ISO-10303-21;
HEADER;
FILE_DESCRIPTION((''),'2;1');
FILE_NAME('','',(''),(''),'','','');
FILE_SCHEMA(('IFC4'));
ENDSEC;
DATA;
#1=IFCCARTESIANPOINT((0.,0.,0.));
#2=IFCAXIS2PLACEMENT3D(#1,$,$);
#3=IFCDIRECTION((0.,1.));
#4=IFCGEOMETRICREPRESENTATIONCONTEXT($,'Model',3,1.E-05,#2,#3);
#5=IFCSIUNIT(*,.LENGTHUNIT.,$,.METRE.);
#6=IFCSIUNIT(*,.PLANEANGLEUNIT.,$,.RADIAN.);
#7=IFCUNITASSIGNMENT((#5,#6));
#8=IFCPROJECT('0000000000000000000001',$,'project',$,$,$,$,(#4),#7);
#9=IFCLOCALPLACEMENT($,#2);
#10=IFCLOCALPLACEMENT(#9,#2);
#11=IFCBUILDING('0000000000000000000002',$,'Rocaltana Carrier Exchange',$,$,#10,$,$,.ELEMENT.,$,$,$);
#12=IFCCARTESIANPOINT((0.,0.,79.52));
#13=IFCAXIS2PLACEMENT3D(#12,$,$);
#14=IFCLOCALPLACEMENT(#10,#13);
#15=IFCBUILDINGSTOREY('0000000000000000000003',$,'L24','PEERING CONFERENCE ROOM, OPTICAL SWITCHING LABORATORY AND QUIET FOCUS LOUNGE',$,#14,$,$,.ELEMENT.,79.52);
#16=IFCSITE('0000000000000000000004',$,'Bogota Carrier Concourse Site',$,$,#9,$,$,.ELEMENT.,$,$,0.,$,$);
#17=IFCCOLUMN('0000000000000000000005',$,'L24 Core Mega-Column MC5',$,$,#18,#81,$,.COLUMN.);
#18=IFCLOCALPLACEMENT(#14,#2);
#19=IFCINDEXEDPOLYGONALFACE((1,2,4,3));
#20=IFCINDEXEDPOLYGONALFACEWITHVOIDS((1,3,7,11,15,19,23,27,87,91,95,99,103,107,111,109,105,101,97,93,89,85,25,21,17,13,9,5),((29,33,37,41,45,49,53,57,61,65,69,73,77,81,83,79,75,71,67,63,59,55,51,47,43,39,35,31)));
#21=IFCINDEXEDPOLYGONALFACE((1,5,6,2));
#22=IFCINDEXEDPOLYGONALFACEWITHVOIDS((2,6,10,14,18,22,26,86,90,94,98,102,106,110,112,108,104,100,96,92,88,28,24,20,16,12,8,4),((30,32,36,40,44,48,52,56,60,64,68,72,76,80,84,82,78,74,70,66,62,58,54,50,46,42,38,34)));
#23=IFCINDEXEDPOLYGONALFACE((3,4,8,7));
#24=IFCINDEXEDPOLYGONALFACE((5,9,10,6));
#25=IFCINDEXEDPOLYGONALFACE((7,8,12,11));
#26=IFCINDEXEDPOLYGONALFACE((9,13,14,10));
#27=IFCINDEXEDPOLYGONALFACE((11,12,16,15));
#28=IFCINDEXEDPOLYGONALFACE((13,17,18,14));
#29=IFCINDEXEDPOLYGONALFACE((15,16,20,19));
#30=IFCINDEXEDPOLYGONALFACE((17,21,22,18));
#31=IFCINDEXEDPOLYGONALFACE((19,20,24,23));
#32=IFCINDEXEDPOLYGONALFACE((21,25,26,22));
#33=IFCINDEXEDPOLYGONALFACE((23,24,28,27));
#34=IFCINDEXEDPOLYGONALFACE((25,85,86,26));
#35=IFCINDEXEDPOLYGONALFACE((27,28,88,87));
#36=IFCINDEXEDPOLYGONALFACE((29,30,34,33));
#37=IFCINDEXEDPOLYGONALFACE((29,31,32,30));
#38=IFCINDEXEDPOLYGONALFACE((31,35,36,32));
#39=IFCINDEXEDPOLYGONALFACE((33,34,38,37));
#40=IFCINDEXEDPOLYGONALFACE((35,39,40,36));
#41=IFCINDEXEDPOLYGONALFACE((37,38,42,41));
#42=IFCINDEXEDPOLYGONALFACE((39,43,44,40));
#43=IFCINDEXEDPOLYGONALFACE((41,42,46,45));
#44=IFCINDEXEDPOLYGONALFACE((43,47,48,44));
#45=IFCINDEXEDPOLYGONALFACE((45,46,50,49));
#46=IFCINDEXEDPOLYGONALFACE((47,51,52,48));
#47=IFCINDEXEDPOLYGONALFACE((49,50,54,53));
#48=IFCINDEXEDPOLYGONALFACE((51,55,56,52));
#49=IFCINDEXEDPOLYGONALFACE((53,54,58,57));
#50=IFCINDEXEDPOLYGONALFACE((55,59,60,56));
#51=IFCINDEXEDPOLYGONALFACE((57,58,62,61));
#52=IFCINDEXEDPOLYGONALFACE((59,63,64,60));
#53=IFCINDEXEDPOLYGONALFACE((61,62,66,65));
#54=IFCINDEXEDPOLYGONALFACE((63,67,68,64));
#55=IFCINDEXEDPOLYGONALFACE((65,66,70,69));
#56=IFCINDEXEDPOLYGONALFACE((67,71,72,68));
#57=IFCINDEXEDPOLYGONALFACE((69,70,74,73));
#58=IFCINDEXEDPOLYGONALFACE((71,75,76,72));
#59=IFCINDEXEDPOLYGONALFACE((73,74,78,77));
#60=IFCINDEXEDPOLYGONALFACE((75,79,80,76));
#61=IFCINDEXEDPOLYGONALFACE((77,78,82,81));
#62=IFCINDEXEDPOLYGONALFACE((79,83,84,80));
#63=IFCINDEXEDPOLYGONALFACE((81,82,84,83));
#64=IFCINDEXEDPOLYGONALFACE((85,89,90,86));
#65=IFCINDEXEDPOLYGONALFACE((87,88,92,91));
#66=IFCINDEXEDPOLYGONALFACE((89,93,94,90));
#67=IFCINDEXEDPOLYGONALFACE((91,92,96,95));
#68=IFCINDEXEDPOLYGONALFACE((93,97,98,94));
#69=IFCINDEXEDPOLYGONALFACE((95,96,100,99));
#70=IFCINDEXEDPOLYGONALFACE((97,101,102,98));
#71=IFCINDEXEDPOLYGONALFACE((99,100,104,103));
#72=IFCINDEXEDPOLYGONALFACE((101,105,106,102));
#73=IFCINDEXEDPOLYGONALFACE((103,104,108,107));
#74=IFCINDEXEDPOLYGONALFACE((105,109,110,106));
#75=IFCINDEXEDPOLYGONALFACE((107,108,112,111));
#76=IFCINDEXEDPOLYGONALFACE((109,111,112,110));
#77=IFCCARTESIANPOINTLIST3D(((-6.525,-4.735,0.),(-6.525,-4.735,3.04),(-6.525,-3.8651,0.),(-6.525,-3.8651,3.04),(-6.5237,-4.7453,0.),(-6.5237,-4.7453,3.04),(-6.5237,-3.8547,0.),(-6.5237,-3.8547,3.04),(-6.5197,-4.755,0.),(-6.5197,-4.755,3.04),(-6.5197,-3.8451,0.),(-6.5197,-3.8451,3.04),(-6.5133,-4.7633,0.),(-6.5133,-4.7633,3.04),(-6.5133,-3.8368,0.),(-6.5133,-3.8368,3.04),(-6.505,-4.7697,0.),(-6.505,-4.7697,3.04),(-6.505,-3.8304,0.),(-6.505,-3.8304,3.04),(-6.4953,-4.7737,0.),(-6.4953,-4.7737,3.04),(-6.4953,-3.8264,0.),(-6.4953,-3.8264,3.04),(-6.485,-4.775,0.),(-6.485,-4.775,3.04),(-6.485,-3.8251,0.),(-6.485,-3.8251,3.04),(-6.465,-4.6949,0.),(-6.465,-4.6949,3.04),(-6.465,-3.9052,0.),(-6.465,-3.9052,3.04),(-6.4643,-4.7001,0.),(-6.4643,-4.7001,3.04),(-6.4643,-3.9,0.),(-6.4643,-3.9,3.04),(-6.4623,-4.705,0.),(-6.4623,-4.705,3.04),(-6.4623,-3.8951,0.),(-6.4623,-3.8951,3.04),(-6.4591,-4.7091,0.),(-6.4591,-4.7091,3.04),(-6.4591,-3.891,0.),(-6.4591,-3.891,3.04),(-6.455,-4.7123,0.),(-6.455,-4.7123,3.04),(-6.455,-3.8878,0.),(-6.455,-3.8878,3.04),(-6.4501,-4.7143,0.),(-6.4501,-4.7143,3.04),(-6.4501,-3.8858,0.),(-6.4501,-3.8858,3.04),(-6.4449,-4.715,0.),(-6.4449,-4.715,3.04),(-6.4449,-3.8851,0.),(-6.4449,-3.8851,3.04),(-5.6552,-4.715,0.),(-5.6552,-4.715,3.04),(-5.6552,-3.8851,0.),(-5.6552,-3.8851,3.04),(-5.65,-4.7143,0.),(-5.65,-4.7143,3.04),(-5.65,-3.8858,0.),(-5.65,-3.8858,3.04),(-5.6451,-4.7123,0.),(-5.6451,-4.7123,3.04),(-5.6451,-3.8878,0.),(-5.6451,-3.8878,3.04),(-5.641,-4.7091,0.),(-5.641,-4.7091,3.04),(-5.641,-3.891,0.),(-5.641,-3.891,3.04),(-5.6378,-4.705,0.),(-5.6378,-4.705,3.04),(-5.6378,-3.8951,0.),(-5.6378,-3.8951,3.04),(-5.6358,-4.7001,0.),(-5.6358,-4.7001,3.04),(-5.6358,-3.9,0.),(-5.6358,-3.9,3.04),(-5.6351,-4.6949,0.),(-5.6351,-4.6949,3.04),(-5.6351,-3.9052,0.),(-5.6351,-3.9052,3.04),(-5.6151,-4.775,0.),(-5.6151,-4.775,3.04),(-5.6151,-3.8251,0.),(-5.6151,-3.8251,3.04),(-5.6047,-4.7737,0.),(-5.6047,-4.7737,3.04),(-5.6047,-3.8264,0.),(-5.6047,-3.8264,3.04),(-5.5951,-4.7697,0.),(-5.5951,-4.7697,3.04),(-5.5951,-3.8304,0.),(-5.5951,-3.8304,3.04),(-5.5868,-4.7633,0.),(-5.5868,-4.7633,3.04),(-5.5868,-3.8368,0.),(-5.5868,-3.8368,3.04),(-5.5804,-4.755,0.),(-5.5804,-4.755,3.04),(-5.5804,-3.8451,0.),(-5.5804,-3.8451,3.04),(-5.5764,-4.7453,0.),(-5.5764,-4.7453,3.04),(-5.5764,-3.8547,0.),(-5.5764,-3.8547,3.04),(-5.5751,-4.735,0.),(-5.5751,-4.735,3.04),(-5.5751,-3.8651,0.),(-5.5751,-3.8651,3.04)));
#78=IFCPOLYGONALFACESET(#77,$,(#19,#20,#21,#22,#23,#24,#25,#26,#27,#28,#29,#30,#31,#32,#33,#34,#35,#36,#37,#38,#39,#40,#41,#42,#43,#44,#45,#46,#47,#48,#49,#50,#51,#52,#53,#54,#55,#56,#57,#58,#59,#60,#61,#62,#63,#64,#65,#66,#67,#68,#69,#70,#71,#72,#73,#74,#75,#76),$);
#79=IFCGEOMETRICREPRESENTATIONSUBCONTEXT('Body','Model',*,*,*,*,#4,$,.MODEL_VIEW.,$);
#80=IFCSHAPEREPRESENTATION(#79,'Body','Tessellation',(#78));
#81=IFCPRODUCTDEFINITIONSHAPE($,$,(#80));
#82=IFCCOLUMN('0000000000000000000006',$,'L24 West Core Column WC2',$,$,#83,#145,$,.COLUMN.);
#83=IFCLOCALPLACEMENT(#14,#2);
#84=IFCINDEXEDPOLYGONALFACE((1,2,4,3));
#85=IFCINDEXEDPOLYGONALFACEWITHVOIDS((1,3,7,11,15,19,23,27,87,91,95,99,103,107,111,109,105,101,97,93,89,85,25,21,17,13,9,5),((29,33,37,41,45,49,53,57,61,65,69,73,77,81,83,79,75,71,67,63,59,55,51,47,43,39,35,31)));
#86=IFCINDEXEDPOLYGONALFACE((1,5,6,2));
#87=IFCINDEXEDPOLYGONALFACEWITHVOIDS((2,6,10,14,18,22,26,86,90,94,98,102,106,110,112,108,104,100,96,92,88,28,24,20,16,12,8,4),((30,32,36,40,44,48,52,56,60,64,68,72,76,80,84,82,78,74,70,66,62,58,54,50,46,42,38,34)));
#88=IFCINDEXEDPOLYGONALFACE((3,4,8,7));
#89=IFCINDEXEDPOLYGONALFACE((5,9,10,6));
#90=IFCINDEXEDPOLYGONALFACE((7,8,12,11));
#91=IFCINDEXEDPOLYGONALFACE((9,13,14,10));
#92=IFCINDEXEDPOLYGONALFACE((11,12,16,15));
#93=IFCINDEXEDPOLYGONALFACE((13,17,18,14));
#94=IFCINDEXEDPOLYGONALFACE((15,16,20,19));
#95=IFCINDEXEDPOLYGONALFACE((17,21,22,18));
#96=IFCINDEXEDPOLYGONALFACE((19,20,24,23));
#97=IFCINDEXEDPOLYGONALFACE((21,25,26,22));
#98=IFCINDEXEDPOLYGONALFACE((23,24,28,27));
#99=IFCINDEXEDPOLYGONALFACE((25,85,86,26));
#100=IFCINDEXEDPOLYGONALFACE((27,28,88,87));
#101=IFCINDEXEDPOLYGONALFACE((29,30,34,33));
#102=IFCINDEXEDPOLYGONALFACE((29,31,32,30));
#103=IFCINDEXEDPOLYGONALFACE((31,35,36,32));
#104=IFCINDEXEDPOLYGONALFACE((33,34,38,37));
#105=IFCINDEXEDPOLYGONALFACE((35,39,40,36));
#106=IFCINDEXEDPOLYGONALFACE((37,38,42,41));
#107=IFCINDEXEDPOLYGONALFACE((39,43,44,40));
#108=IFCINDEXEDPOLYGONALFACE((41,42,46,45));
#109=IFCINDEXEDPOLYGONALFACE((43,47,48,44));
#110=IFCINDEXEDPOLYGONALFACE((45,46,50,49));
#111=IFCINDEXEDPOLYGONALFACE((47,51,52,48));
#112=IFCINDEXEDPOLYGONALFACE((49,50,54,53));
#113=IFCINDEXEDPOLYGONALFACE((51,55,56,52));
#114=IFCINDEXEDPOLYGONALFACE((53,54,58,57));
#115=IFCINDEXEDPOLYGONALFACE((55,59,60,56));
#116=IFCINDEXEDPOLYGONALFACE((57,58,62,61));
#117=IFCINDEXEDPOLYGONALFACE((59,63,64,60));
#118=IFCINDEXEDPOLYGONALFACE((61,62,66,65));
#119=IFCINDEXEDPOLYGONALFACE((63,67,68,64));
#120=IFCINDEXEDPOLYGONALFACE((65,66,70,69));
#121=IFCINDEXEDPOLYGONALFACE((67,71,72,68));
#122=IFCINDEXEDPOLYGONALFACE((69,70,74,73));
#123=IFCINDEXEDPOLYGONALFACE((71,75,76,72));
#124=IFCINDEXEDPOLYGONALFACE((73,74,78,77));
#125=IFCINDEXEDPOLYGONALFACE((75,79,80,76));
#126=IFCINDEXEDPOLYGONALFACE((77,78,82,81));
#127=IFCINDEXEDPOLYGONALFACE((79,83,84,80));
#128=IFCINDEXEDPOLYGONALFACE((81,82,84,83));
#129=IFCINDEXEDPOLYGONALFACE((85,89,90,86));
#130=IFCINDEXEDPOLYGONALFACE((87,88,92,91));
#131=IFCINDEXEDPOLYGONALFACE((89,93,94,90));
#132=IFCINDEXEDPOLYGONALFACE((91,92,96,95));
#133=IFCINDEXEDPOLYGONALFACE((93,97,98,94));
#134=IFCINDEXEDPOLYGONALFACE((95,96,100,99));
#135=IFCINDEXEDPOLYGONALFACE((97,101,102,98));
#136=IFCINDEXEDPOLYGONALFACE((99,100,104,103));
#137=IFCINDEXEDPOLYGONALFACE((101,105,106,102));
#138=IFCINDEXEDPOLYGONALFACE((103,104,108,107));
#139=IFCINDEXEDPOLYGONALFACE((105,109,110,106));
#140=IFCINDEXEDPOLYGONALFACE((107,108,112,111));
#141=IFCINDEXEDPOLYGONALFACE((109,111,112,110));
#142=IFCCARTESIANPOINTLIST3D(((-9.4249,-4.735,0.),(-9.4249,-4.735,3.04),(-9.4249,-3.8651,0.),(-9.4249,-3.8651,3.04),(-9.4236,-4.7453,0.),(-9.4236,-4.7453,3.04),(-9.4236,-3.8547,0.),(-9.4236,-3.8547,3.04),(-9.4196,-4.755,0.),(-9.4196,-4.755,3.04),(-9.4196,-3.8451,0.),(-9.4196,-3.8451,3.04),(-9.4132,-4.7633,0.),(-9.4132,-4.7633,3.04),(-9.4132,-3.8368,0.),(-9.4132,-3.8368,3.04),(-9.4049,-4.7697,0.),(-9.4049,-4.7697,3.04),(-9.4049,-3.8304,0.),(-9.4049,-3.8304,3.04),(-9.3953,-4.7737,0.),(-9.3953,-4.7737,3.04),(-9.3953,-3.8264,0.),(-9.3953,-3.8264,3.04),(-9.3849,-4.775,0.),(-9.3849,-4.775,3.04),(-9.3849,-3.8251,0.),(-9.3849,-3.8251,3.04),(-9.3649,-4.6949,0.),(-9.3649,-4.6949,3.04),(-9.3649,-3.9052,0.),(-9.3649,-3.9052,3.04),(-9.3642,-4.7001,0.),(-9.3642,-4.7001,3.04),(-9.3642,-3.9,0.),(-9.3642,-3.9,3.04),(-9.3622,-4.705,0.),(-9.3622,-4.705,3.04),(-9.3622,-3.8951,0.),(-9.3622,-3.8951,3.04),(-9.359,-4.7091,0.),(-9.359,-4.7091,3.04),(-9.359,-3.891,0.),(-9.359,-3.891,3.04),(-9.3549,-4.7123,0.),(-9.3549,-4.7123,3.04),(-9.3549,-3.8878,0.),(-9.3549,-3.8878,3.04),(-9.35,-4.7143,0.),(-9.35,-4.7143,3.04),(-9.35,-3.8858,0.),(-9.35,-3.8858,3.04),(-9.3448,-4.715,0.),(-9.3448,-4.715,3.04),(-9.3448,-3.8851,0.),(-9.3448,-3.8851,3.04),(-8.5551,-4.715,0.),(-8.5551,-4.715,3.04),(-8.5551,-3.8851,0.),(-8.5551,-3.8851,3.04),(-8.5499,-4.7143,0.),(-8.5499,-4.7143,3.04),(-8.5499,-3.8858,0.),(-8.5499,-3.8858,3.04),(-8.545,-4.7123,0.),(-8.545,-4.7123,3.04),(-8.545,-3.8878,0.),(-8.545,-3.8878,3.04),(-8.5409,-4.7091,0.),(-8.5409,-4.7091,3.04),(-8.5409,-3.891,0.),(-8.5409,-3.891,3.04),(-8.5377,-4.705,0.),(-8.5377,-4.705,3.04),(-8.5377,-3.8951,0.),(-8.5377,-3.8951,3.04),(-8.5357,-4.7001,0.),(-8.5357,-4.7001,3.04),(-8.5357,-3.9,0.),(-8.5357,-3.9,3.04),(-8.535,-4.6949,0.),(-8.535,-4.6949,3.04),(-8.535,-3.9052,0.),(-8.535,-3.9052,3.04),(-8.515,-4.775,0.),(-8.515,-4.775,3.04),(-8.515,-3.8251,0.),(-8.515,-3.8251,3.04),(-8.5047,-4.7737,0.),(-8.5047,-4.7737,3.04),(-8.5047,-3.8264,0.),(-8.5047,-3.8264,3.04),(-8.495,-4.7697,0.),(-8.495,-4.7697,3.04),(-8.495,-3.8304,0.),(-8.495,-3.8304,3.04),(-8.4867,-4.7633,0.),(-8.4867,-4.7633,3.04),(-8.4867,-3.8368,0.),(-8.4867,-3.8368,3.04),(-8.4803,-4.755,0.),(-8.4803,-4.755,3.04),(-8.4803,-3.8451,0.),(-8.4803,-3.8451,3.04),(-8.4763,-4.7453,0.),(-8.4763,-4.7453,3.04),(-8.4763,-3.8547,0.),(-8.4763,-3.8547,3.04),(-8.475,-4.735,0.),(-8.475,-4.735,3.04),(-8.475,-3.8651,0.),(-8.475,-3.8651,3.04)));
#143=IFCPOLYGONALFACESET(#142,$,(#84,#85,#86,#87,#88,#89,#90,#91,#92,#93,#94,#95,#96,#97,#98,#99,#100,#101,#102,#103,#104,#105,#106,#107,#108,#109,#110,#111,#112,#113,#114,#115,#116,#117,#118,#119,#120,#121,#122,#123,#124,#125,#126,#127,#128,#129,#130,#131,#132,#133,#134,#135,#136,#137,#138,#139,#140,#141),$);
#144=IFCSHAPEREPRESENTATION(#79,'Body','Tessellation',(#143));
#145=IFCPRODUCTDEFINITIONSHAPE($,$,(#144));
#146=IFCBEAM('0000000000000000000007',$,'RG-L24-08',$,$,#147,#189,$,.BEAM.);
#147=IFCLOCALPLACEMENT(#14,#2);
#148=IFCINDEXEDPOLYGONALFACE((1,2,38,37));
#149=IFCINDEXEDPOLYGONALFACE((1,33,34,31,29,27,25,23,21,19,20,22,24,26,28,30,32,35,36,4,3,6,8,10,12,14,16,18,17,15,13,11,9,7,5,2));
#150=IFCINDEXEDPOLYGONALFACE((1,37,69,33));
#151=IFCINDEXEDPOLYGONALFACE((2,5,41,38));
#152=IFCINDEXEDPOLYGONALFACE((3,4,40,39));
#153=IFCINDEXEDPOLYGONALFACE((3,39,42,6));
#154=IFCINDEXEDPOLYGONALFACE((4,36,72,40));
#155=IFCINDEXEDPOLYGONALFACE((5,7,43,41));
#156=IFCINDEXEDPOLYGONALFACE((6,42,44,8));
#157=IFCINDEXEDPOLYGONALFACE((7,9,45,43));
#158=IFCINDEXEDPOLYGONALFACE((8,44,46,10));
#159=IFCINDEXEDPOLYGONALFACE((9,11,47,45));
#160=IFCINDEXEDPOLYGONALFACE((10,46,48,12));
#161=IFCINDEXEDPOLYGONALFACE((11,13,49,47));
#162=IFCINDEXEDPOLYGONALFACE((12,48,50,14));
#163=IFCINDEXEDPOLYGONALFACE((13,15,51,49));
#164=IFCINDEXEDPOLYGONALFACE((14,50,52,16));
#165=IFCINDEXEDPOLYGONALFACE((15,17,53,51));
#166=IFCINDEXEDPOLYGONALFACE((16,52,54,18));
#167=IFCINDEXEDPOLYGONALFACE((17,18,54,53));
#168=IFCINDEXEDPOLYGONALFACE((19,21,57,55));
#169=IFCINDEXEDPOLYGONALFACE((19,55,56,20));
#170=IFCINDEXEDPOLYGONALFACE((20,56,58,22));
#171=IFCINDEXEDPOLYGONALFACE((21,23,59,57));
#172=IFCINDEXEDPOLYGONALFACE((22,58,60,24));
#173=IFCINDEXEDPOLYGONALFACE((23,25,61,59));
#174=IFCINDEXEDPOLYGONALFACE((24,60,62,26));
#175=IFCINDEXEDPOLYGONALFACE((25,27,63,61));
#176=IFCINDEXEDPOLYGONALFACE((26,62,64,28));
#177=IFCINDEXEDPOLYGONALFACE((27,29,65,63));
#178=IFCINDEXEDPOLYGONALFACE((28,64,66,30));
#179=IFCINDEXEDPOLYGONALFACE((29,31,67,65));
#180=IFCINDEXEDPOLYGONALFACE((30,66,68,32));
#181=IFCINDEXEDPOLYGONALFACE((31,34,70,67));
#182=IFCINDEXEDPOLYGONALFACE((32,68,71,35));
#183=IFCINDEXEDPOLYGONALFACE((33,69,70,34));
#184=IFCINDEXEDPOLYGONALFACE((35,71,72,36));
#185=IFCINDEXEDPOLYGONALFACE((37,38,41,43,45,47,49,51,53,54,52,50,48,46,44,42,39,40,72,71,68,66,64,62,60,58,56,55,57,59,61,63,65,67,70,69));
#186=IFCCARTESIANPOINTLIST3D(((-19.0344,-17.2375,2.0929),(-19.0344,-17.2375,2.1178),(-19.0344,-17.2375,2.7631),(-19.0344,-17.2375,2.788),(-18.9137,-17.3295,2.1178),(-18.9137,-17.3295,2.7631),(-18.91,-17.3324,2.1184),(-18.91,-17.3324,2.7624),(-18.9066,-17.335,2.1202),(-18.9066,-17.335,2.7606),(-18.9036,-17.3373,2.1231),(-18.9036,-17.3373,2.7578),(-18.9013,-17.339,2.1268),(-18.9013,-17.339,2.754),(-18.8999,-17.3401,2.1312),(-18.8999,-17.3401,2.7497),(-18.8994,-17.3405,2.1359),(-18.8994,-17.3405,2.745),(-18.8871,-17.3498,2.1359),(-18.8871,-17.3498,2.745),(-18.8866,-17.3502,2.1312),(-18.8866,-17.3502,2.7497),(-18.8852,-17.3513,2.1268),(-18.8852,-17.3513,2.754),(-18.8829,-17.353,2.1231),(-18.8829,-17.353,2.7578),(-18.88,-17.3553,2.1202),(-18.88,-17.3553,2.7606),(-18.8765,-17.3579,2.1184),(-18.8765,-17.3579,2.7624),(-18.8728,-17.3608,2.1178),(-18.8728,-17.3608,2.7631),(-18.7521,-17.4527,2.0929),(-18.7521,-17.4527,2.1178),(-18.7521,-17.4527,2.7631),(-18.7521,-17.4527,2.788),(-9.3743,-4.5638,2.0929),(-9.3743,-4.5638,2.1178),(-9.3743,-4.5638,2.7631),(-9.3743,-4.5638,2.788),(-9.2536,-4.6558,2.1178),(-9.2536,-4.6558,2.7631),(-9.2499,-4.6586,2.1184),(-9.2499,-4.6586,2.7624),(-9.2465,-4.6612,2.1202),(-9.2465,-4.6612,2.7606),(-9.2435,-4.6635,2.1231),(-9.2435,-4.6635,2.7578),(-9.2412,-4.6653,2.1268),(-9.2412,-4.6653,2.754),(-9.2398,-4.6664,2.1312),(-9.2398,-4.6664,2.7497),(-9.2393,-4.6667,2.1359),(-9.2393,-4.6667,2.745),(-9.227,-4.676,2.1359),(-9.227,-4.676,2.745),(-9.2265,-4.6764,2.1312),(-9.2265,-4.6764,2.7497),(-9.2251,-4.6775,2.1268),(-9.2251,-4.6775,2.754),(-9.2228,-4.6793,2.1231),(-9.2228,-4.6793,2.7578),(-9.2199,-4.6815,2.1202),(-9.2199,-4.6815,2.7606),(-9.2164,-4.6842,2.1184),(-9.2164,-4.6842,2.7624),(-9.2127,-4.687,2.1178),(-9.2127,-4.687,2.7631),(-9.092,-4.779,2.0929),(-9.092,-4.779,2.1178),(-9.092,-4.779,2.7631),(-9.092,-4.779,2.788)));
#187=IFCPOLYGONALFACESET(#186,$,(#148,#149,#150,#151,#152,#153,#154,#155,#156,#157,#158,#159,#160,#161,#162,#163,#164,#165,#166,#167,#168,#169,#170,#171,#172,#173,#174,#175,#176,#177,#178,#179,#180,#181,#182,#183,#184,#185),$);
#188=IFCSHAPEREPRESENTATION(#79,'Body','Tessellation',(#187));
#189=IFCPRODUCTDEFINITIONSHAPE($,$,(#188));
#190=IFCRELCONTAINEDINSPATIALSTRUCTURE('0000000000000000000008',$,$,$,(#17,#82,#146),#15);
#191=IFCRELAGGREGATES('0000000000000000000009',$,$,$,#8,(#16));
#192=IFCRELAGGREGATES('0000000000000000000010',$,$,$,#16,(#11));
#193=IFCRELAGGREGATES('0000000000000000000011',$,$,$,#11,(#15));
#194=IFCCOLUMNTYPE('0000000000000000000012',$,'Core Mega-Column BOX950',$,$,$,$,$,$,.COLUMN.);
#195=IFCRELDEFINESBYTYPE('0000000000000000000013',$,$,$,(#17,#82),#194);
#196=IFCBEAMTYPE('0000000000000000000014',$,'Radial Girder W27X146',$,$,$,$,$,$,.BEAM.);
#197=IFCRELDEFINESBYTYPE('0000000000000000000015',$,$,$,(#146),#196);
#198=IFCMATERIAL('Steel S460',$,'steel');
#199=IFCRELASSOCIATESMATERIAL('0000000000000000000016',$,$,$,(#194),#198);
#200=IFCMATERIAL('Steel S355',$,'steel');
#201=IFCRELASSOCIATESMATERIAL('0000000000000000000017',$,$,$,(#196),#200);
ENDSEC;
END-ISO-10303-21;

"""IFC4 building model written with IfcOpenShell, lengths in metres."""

from ifc_helpers import new_model, si_unit, direction, frame, origin, origin_2d, place, context, subcontext, project, spatial, hollow_rectangle, i_section, extrude, material, material_profile, profile_set, type_object, element, save


model = new_model("IFC4")

# Units and contexts
model_context = context("Model", 3, precision=1e-05, world=origin(), true_north=direction((0.0, 1.0)))
body_context = subcontext(model_context, "Body", "Model", "MODEL_VIEW")
ifc_project = project(units=[si_unit("LENGTHUNIT", "METRE"), si_unit("PLANEANGLEUNIT", "RADIAN")], contexts=[model_context])

# Site, building, storey
site_placement = place(None, origin())
site = spatial("IfcSite", under=ifc_project, at=site_placement, Name="Bogota Carrier Concourse Site", CompositionType="ELEMENT", RefElevation=0.0)
building_placement = place(site_placement, origin())
building = spatial("IfcBuilding", under=site, at=building_placement, Name="Rocaltana Carrier Exchange", CompositionType="ELEMENT")
storey_placement = place(building_placement, frame((0.0, 0.0, 79.52)))
storey = spatial("IfcBuildingStorey", under=building, at=storey_placement, Name="L24", Description="PEERING CONFERENCE ROOM, OPTICAL SWITCHING LABORATORY AND QUIET FOCUS LOUNGE", CompositionType="ELEMENT", Elevation=79.52)

# Columns
ifc_material_1 = material(Name="Steel S460", Category="steel")
ifc_material_profile_1 = material_profile(ifc_material_1, hollow_rectangle(XDim=0.95, YDim=0.95, WallThickness=0.0601, InnerFilletRadius=0.02, OuterFilletRadius=0.04, at=origin_2d()), Name="BOX950X950X60")
ifc_profile_set_1 = profile_set([ifc_material_profile_1], Name="Steel S460")
column_type = type_object("IfcColumnType", Name="Core Mega-Column BOX950", PredefinedType="COLUMN", material=ifc_profile_set_1)
for number, where, z_axis, x_axis, name in (
    (1, (-6.05, -4.3, 0.0), (0.0, 0.0, 1.0), (1.0, 0.0, 0.0), "L24 Core Mega-Column MC5"),
    (2, (-8.95, -4.3, 0.0), (0.0, 0.0, 1.0), (1.0, 0.0, 0.0), "L24 West Core Column WC2"),
):
    element("IfcColumn", number, at=place(storey_placement, frame(where, z_axis=z_axis, x_axis=x_axis)), inside=storey, type_object=column_type, Name=name, PredefinedType="COLUMN", context=body_context, shape_type="SweptSolid", body=[
        extrude(hollow_rectangle(XDim=0.95, YDim=0.95, WallThickness=0.0601, InnerFilletRadius=0.02, OuterFilletRadius=0.04, at=origin_2d()), origin(), (0.0, 0.0, 1.0), 3.04),
    ])

# Beam
ifc_material_2 = material(Name="Steel S355", Category="steel")
ifc_material_profile_2 = material_profile(ifc_material_2, i_section(OverallWidth=0.355, OverallDepth=0.6951, WebThickness=0.0154, FlangeThickness=0.0249, FilletRadius=0.0181, at=origin_2d()), Name="W27X146")
ifc_profile_set_2 = profile_set([ifc_material_profile_2], Name="Steel S355")
beam_type = type_object("IfcBeamType", Name="Radial Girder W27X146", PredefinedType="BEAM", material=ifc_profile_set_2)
beam_1_placement = place(storey_placement, frame((-9.2332, -4.6714, 2.4404), z_axis=(-0.606198, -0.795314, 0.0), x_axis=(0.795314, -0.606198, 0.0)))
element("IfcBeam", 3, at=beam_1_placement, inside=storey, type_object=beam_type, Name="RG-L24-08", PredefinedType="BEAM", context=body_context, shape_type="SweptSolid", body=[
    extrude(i_section(OverallWidth=0.355, OverallDepth=0.6951, WebThickness=0.0154, FlangeThickness=0.0249, FilletRadius=0.0181, at=origin_2d()), origin(), (0.0, 0.0, 1.0), 15.9355),
])

save(model, "model.ifc")
